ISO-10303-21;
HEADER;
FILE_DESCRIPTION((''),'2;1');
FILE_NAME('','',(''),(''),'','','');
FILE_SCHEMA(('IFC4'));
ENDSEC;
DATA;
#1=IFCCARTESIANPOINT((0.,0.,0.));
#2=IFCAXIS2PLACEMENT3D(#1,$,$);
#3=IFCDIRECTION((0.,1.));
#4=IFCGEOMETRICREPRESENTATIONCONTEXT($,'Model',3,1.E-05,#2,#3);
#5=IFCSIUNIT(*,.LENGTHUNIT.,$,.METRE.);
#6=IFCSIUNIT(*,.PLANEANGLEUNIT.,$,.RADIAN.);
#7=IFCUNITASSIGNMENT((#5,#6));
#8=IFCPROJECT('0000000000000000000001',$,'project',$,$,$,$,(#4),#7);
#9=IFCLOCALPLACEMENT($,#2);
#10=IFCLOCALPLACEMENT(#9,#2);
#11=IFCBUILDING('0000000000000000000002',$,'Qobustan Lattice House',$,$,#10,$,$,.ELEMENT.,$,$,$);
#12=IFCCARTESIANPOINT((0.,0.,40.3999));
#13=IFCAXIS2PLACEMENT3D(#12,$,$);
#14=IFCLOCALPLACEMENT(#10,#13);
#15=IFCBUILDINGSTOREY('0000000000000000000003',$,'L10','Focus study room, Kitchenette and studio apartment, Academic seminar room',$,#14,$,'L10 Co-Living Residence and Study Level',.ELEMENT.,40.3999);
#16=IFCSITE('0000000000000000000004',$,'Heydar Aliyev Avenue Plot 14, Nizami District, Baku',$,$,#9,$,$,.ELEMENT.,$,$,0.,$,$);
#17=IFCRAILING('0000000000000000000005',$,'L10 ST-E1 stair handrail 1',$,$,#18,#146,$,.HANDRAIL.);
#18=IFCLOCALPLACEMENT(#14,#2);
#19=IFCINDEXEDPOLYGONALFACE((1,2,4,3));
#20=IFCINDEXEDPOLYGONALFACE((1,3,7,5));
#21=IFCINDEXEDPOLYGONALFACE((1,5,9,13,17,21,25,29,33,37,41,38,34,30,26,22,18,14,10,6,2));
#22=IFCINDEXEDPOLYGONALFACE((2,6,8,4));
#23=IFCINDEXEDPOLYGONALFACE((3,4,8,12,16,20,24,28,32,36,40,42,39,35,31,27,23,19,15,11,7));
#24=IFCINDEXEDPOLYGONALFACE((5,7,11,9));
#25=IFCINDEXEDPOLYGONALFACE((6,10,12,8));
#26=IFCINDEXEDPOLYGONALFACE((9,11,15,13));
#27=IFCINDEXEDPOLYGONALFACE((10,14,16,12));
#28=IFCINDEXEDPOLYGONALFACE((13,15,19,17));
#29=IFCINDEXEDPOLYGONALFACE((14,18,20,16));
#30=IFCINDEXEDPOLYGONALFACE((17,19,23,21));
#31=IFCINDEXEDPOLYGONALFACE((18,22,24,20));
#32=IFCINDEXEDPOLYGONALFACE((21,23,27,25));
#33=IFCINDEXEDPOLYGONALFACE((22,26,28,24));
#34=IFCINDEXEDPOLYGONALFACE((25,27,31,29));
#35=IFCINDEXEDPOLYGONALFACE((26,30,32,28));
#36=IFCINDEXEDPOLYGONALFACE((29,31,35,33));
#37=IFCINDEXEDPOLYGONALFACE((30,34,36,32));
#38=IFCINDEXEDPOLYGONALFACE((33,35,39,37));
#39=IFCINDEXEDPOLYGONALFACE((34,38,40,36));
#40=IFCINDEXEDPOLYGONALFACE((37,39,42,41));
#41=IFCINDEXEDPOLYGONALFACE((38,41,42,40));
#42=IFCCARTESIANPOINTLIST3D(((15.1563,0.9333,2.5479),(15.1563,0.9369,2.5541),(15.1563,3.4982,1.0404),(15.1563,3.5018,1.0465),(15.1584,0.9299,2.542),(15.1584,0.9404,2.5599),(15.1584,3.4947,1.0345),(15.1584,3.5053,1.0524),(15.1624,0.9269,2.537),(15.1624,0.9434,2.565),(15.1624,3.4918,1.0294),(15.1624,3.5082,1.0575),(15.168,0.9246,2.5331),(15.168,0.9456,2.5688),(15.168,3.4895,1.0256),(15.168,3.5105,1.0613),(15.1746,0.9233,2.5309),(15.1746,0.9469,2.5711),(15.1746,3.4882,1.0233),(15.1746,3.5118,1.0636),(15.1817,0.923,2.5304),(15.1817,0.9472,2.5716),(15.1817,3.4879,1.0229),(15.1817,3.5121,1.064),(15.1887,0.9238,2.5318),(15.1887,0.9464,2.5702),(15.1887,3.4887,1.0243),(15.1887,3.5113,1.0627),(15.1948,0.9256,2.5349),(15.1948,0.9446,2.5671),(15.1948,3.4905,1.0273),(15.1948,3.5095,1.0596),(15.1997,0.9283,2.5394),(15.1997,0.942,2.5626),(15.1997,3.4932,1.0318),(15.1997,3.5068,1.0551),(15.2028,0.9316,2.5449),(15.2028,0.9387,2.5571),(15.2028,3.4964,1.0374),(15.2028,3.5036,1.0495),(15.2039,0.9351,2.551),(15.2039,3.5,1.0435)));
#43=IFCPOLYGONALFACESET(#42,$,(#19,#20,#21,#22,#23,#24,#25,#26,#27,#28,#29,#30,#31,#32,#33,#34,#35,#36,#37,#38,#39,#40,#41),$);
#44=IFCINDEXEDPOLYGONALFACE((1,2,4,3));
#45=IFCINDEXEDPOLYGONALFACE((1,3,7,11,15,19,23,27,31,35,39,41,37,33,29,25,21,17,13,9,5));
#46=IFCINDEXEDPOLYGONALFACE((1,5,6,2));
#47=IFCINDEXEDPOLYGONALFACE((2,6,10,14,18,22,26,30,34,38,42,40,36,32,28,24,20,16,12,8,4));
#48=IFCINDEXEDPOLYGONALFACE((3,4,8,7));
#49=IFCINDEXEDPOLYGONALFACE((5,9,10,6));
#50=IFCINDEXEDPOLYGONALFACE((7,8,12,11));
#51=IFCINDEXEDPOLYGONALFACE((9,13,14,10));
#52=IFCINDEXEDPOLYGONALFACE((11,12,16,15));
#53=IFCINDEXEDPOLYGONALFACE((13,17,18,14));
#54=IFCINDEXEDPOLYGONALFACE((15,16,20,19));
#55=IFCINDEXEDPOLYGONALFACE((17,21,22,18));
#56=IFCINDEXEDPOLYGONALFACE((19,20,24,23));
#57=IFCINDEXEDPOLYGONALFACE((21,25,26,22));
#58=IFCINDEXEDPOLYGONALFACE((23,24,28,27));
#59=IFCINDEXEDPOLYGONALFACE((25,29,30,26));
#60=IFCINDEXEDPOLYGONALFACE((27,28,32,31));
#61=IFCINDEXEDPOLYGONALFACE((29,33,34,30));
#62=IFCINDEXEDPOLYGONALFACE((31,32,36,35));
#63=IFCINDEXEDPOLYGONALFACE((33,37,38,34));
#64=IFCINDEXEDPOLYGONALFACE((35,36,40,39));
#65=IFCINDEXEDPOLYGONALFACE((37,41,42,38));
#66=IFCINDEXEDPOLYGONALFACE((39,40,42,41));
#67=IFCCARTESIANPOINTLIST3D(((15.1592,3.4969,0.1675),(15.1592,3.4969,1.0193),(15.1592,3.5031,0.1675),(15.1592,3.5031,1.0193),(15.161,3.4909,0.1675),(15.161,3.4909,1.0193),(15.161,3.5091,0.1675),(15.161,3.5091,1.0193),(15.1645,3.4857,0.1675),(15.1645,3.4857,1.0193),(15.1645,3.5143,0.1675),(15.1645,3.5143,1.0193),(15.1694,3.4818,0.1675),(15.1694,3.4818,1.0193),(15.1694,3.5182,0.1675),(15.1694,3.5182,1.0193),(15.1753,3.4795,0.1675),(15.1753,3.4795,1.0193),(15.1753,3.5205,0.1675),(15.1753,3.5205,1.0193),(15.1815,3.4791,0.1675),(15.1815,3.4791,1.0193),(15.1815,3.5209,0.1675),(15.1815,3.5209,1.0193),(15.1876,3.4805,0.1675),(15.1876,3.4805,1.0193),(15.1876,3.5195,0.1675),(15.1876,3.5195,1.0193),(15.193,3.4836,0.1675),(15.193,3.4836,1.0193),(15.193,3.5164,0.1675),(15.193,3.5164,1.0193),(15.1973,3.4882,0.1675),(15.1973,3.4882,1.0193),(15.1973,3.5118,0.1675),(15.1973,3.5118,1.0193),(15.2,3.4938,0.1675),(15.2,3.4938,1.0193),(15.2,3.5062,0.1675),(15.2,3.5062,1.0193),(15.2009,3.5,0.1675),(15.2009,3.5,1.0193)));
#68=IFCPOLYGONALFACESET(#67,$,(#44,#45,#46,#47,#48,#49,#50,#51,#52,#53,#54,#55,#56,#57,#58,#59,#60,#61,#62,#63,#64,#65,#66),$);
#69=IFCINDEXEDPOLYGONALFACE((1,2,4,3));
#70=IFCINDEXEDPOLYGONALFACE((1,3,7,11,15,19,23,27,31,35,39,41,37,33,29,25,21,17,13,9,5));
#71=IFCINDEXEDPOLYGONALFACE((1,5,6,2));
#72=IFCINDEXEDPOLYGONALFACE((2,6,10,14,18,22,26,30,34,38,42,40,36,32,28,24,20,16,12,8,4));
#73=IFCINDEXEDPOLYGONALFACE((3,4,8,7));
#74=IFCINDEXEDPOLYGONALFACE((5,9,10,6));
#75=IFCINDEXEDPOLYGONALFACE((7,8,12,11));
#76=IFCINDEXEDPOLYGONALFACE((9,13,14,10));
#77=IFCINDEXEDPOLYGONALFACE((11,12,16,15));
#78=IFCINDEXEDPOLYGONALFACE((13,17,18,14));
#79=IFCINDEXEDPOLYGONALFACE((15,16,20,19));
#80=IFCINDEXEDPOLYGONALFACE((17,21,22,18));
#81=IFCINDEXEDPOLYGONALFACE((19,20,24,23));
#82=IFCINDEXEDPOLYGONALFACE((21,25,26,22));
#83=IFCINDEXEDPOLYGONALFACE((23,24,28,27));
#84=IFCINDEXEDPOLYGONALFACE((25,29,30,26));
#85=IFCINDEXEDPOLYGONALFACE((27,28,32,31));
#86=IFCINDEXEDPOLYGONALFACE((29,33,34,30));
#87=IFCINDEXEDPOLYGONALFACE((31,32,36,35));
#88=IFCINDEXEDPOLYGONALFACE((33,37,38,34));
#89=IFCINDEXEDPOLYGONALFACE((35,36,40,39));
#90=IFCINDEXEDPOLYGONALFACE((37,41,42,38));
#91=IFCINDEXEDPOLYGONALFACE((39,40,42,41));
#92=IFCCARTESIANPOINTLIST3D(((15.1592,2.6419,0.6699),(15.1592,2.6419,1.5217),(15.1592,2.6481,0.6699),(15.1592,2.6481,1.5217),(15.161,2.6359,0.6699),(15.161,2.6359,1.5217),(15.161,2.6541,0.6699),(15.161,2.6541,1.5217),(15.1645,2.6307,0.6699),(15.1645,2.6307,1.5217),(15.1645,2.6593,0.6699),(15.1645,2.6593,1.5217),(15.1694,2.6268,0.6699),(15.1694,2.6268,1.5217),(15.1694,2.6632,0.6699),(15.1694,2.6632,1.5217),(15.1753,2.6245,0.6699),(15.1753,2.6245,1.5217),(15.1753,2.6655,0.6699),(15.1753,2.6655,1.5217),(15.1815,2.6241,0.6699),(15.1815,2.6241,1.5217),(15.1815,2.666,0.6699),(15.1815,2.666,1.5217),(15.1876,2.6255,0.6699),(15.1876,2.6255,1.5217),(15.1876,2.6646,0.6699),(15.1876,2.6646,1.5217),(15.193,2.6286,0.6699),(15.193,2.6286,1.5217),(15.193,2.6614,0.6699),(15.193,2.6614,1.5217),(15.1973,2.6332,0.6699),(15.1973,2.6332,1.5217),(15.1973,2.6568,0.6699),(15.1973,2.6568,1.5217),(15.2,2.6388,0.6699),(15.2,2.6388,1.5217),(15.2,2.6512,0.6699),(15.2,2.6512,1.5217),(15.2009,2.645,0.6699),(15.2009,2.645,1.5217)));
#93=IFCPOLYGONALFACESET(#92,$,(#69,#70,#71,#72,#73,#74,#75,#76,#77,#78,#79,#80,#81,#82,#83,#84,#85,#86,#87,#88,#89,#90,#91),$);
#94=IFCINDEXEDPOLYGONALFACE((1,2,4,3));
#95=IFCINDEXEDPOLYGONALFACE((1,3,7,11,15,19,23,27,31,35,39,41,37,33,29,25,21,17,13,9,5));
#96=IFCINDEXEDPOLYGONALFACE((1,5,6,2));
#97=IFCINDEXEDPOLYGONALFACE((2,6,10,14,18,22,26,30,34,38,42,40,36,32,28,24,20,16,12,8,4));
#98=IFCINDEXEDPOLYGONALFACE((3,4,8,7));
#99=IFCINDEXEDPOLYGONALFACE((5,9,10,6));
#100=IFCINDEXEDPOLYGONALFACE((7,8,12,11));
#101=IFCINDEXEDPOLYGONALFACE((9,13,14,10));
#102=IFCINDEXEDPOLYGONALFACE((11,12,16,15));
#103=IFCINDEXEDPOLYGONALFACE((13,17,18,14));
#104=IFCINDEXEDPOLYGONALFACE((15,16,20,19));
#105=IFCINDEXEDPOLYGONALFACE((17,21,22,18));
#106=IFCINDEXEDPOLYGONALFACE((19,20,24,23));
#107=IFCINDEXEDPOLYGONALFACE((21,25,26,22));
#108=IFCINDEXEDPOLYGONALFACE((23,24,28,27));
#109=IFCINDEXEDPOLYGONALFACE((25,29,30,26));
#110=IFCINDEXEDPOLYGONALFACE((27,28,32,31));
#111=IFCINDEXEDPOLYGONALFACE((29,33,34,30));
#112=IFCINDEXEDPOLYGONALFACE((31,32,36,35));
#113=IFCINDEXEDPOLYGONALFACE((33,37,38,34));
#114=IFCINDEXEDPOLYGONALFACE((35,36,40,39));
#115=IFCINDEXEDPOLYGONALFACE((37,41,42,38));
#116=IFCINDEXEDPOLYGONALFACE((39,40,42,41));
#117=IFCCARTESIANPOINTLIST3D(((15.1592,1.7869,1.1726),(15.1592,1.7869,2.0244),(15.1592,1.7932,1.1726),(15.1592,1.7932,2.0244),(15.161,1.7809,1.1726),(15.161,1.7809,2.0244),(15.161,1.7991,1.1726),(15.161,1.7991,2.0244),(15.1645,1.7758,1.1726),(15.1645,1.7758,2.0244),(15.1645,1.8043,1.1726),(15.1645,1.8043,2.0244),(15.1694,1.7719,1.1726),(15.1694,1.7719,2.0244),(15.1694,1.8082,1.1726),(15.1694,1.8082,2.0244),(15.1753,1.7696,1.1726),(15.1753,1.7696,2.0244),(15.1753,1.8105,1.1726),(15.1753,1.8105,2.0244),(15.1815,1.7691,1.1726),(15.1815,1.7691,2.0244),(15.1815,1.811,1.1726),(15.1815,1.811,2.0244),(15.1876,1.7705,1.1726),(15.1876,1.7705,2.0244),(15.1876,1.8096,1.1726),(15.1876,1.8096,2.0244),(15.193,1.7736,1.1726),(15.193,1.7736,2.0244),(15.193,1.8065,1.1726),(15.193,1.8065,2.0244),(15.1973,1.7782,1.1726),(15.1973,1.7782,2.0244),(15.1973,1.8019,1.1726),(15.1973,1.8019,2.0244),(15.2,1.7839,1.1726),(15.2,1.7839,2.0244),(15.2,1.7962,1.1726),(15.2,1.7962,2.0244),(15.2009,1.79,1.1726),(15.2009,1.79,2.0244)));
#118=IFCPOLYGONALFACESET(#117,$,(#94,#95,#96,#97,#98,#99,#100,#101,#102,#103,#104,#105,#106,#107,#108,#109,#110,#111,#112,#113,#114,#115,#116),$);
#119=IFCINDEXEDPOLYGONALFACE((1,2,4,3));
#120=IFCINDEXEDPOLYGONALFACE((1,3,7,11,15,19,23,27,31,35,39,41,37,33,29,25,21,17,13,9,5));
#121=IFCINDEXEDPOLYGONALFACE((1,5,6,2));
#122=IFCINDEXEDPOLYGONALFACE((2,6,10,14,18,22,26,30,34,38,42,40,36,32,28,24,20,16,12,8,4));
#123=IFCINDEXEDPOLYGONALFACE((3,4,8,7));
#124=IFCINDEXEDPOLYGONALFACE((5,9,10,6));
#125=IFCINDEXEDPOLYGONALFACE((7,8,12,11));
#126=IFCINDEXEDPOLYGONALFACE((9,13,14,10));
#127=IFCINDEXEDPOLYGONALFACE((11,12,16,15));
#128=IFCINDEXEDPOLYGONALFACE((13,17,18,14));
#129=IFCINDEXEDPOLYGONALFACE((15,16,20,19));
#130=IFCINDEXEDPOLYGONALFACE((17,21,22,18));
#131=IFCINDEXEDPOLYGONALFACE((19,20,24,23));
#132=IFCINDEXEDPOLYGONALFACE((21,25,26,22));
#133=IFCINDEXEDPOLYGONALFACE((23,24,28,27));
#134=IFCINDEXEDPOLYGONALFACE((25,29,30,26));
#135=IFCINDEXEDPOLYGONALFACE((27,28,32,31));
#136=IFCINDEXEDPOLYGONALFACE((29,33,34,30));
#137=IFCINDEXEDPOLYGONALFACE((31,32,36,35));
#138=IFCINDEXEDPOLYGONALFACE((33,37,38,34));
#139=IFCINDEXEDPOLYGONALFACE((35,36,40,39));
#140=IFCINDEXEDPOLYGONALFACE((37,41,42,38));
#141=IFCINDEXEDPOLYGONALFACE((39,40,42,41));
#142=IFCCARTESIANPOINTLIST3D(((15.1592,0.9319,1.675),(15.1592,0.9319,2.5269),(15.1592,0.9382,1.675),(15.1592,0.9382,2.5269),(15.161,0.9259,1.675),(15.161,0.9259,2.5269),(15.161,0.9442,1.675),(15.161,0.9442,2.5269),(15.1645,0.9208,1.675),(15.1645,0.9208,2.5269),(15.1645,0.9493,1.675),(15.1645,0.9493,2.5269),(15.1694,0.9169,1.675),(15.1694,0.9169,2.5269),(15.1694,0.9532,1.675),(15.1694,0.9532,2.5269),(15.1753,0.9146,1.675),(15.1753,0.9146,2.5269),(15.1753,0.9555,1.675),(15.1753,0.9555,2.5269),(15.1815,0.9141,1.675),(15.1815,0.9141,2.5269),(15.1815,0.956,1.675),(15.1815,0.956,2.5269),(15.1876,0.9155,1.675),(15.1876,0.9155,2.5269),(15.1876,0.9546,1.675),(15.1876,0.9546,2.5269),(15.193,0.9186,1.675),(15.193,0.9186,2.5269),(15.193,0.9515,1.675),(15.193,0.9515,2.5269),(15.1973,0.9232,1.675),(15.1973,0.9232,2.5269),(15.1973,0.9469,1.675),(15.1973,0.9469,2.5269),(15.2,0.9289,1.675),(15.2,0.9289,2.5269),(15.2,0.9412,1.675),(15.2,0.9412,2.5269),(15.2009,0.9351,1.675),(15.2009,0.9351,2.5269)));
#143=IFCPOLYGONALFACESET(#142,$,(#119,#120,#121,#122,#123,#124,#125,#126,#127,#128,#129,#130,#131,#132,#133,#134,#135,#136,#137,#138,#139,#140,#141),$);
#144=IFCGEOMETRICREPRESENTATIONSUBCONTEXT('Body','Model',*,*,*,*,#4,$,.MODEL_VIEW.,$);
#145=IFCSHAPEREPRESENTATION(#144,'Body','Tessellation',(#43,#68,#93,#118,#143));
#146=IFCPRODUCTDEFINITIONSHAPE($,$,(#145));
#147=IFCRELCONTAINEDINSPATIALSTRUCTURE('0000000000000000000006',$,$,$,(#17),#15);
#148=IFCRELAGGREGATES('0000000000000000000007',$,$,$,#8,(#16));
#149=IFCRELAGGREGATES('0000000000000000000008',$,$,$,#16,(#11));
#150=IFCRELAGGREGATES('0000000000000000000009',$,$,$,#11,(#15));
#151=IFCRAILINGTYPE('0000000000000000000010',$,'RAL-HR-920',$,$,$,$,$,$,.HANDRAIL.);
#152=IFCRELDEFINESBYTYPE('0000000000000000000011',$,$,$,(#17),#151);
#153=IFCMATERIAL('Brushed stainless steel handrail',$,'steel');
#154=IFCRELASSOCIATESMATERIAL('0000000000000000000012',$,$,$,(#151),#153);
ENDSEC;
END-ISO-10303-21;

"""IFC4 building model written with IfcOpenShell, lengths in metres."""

from ifc_helpers import new_model, si_unit, direction, frame, origin, origin_2d, place, context, subcontext, project, spatial, circle, extrude, material, type_object, element, save


model = new_model("IFC4")

# Units and contexts
model_context = context("Model", 3, precision=1e-05, world=origin(), true_north=direction((0.0, 1.0)))
body_context = subcontext(model_context, "Body", "Model", "MODEL_VIEW")
ifc_project = project(units=[si_unit("LENGTHUNIT", "METRE"), si_unit("PLANEANGLEUNIT", "RADIAN")], contexts=[model_context])

# Site, building, storey
site_placement = place(None, origin())
site = spatial("IfcSite", under=ifc_project, at=site_placement, Name="Heydar Aliyev Avenue Plot 14, Nizami District, Baku", CompositionType="ELEMENT", RefElevation=0.0)
building_placement = place(site_placement, origin())
building = spatial("IfcBuilding", under=site, at=building_placement, Name="Qobustan Lattice House", CompositionType="ELEMENT")
storey_placement = place(building_placement, frame((0.0, 0.0, 40.3999)))
storey = spatial("IfcBuildingStorey", under=building, at=storey_placement, Name="L10", Description="Focus study room, Kitchenette and studio apartment, Academic seminar room", LongName="L10 Co-Living Residence and Study Level", CompositionType="ELEMENT", Elevation=40.3999)

# Railing
ifc_material_1 = material(Name="Brushed stainless steel handrail", Category="steel")
railing_type_1 = type_object("IfcRailingType", Name="RAL-HR-920", PredefinedType="HANDRAIL", material=ifc_material_1)
railing_1_placement = place(storey_placement, frame((15.1799, 3.5, 0.1675)))
element("IfcRailing", 1, at=railing_1_placement, inside=storey, type_object=railing_type_1, Name="L10 ST-E1 stair handrail 1", PredefinedType="HANDRAIL", context=body_context, shape_type="SweptSolid", body=[
    extrude(circle(Radius=0.0239, at=origin_2d()), frame((0.0, 0.0, 0.876), z_axis=(0.0, -0.862113, 0.506715), x_axis=(1.0, 0.0, 0.0)), (0.0, 0.0, 1.0), 2.9751),
    extrude(circle(Radius=0.021, at=origin_2d()), origin(), (0.0, 0.0, 1.0), 0.8518),
    extrude(circle(Radius=0.021, at=origin_2d()), frame((0.0, -0.855, 0.5024)), (0.0, 0.0, 1.0), 0.8518),
    extrude(circle(Radius=0.021, at=origin_2d()), frame((0.0, -1.71, 1.0051)), (0.0, 0.0, 1.0), 0.8518),
    extrude(circle(Radius=0.021, at=origin_2d()), frame((0.0, -2.5649, 1.5076)), (0.0, 0.0, 1.0), 0.8518),
])

save(model, "model.ifc")
